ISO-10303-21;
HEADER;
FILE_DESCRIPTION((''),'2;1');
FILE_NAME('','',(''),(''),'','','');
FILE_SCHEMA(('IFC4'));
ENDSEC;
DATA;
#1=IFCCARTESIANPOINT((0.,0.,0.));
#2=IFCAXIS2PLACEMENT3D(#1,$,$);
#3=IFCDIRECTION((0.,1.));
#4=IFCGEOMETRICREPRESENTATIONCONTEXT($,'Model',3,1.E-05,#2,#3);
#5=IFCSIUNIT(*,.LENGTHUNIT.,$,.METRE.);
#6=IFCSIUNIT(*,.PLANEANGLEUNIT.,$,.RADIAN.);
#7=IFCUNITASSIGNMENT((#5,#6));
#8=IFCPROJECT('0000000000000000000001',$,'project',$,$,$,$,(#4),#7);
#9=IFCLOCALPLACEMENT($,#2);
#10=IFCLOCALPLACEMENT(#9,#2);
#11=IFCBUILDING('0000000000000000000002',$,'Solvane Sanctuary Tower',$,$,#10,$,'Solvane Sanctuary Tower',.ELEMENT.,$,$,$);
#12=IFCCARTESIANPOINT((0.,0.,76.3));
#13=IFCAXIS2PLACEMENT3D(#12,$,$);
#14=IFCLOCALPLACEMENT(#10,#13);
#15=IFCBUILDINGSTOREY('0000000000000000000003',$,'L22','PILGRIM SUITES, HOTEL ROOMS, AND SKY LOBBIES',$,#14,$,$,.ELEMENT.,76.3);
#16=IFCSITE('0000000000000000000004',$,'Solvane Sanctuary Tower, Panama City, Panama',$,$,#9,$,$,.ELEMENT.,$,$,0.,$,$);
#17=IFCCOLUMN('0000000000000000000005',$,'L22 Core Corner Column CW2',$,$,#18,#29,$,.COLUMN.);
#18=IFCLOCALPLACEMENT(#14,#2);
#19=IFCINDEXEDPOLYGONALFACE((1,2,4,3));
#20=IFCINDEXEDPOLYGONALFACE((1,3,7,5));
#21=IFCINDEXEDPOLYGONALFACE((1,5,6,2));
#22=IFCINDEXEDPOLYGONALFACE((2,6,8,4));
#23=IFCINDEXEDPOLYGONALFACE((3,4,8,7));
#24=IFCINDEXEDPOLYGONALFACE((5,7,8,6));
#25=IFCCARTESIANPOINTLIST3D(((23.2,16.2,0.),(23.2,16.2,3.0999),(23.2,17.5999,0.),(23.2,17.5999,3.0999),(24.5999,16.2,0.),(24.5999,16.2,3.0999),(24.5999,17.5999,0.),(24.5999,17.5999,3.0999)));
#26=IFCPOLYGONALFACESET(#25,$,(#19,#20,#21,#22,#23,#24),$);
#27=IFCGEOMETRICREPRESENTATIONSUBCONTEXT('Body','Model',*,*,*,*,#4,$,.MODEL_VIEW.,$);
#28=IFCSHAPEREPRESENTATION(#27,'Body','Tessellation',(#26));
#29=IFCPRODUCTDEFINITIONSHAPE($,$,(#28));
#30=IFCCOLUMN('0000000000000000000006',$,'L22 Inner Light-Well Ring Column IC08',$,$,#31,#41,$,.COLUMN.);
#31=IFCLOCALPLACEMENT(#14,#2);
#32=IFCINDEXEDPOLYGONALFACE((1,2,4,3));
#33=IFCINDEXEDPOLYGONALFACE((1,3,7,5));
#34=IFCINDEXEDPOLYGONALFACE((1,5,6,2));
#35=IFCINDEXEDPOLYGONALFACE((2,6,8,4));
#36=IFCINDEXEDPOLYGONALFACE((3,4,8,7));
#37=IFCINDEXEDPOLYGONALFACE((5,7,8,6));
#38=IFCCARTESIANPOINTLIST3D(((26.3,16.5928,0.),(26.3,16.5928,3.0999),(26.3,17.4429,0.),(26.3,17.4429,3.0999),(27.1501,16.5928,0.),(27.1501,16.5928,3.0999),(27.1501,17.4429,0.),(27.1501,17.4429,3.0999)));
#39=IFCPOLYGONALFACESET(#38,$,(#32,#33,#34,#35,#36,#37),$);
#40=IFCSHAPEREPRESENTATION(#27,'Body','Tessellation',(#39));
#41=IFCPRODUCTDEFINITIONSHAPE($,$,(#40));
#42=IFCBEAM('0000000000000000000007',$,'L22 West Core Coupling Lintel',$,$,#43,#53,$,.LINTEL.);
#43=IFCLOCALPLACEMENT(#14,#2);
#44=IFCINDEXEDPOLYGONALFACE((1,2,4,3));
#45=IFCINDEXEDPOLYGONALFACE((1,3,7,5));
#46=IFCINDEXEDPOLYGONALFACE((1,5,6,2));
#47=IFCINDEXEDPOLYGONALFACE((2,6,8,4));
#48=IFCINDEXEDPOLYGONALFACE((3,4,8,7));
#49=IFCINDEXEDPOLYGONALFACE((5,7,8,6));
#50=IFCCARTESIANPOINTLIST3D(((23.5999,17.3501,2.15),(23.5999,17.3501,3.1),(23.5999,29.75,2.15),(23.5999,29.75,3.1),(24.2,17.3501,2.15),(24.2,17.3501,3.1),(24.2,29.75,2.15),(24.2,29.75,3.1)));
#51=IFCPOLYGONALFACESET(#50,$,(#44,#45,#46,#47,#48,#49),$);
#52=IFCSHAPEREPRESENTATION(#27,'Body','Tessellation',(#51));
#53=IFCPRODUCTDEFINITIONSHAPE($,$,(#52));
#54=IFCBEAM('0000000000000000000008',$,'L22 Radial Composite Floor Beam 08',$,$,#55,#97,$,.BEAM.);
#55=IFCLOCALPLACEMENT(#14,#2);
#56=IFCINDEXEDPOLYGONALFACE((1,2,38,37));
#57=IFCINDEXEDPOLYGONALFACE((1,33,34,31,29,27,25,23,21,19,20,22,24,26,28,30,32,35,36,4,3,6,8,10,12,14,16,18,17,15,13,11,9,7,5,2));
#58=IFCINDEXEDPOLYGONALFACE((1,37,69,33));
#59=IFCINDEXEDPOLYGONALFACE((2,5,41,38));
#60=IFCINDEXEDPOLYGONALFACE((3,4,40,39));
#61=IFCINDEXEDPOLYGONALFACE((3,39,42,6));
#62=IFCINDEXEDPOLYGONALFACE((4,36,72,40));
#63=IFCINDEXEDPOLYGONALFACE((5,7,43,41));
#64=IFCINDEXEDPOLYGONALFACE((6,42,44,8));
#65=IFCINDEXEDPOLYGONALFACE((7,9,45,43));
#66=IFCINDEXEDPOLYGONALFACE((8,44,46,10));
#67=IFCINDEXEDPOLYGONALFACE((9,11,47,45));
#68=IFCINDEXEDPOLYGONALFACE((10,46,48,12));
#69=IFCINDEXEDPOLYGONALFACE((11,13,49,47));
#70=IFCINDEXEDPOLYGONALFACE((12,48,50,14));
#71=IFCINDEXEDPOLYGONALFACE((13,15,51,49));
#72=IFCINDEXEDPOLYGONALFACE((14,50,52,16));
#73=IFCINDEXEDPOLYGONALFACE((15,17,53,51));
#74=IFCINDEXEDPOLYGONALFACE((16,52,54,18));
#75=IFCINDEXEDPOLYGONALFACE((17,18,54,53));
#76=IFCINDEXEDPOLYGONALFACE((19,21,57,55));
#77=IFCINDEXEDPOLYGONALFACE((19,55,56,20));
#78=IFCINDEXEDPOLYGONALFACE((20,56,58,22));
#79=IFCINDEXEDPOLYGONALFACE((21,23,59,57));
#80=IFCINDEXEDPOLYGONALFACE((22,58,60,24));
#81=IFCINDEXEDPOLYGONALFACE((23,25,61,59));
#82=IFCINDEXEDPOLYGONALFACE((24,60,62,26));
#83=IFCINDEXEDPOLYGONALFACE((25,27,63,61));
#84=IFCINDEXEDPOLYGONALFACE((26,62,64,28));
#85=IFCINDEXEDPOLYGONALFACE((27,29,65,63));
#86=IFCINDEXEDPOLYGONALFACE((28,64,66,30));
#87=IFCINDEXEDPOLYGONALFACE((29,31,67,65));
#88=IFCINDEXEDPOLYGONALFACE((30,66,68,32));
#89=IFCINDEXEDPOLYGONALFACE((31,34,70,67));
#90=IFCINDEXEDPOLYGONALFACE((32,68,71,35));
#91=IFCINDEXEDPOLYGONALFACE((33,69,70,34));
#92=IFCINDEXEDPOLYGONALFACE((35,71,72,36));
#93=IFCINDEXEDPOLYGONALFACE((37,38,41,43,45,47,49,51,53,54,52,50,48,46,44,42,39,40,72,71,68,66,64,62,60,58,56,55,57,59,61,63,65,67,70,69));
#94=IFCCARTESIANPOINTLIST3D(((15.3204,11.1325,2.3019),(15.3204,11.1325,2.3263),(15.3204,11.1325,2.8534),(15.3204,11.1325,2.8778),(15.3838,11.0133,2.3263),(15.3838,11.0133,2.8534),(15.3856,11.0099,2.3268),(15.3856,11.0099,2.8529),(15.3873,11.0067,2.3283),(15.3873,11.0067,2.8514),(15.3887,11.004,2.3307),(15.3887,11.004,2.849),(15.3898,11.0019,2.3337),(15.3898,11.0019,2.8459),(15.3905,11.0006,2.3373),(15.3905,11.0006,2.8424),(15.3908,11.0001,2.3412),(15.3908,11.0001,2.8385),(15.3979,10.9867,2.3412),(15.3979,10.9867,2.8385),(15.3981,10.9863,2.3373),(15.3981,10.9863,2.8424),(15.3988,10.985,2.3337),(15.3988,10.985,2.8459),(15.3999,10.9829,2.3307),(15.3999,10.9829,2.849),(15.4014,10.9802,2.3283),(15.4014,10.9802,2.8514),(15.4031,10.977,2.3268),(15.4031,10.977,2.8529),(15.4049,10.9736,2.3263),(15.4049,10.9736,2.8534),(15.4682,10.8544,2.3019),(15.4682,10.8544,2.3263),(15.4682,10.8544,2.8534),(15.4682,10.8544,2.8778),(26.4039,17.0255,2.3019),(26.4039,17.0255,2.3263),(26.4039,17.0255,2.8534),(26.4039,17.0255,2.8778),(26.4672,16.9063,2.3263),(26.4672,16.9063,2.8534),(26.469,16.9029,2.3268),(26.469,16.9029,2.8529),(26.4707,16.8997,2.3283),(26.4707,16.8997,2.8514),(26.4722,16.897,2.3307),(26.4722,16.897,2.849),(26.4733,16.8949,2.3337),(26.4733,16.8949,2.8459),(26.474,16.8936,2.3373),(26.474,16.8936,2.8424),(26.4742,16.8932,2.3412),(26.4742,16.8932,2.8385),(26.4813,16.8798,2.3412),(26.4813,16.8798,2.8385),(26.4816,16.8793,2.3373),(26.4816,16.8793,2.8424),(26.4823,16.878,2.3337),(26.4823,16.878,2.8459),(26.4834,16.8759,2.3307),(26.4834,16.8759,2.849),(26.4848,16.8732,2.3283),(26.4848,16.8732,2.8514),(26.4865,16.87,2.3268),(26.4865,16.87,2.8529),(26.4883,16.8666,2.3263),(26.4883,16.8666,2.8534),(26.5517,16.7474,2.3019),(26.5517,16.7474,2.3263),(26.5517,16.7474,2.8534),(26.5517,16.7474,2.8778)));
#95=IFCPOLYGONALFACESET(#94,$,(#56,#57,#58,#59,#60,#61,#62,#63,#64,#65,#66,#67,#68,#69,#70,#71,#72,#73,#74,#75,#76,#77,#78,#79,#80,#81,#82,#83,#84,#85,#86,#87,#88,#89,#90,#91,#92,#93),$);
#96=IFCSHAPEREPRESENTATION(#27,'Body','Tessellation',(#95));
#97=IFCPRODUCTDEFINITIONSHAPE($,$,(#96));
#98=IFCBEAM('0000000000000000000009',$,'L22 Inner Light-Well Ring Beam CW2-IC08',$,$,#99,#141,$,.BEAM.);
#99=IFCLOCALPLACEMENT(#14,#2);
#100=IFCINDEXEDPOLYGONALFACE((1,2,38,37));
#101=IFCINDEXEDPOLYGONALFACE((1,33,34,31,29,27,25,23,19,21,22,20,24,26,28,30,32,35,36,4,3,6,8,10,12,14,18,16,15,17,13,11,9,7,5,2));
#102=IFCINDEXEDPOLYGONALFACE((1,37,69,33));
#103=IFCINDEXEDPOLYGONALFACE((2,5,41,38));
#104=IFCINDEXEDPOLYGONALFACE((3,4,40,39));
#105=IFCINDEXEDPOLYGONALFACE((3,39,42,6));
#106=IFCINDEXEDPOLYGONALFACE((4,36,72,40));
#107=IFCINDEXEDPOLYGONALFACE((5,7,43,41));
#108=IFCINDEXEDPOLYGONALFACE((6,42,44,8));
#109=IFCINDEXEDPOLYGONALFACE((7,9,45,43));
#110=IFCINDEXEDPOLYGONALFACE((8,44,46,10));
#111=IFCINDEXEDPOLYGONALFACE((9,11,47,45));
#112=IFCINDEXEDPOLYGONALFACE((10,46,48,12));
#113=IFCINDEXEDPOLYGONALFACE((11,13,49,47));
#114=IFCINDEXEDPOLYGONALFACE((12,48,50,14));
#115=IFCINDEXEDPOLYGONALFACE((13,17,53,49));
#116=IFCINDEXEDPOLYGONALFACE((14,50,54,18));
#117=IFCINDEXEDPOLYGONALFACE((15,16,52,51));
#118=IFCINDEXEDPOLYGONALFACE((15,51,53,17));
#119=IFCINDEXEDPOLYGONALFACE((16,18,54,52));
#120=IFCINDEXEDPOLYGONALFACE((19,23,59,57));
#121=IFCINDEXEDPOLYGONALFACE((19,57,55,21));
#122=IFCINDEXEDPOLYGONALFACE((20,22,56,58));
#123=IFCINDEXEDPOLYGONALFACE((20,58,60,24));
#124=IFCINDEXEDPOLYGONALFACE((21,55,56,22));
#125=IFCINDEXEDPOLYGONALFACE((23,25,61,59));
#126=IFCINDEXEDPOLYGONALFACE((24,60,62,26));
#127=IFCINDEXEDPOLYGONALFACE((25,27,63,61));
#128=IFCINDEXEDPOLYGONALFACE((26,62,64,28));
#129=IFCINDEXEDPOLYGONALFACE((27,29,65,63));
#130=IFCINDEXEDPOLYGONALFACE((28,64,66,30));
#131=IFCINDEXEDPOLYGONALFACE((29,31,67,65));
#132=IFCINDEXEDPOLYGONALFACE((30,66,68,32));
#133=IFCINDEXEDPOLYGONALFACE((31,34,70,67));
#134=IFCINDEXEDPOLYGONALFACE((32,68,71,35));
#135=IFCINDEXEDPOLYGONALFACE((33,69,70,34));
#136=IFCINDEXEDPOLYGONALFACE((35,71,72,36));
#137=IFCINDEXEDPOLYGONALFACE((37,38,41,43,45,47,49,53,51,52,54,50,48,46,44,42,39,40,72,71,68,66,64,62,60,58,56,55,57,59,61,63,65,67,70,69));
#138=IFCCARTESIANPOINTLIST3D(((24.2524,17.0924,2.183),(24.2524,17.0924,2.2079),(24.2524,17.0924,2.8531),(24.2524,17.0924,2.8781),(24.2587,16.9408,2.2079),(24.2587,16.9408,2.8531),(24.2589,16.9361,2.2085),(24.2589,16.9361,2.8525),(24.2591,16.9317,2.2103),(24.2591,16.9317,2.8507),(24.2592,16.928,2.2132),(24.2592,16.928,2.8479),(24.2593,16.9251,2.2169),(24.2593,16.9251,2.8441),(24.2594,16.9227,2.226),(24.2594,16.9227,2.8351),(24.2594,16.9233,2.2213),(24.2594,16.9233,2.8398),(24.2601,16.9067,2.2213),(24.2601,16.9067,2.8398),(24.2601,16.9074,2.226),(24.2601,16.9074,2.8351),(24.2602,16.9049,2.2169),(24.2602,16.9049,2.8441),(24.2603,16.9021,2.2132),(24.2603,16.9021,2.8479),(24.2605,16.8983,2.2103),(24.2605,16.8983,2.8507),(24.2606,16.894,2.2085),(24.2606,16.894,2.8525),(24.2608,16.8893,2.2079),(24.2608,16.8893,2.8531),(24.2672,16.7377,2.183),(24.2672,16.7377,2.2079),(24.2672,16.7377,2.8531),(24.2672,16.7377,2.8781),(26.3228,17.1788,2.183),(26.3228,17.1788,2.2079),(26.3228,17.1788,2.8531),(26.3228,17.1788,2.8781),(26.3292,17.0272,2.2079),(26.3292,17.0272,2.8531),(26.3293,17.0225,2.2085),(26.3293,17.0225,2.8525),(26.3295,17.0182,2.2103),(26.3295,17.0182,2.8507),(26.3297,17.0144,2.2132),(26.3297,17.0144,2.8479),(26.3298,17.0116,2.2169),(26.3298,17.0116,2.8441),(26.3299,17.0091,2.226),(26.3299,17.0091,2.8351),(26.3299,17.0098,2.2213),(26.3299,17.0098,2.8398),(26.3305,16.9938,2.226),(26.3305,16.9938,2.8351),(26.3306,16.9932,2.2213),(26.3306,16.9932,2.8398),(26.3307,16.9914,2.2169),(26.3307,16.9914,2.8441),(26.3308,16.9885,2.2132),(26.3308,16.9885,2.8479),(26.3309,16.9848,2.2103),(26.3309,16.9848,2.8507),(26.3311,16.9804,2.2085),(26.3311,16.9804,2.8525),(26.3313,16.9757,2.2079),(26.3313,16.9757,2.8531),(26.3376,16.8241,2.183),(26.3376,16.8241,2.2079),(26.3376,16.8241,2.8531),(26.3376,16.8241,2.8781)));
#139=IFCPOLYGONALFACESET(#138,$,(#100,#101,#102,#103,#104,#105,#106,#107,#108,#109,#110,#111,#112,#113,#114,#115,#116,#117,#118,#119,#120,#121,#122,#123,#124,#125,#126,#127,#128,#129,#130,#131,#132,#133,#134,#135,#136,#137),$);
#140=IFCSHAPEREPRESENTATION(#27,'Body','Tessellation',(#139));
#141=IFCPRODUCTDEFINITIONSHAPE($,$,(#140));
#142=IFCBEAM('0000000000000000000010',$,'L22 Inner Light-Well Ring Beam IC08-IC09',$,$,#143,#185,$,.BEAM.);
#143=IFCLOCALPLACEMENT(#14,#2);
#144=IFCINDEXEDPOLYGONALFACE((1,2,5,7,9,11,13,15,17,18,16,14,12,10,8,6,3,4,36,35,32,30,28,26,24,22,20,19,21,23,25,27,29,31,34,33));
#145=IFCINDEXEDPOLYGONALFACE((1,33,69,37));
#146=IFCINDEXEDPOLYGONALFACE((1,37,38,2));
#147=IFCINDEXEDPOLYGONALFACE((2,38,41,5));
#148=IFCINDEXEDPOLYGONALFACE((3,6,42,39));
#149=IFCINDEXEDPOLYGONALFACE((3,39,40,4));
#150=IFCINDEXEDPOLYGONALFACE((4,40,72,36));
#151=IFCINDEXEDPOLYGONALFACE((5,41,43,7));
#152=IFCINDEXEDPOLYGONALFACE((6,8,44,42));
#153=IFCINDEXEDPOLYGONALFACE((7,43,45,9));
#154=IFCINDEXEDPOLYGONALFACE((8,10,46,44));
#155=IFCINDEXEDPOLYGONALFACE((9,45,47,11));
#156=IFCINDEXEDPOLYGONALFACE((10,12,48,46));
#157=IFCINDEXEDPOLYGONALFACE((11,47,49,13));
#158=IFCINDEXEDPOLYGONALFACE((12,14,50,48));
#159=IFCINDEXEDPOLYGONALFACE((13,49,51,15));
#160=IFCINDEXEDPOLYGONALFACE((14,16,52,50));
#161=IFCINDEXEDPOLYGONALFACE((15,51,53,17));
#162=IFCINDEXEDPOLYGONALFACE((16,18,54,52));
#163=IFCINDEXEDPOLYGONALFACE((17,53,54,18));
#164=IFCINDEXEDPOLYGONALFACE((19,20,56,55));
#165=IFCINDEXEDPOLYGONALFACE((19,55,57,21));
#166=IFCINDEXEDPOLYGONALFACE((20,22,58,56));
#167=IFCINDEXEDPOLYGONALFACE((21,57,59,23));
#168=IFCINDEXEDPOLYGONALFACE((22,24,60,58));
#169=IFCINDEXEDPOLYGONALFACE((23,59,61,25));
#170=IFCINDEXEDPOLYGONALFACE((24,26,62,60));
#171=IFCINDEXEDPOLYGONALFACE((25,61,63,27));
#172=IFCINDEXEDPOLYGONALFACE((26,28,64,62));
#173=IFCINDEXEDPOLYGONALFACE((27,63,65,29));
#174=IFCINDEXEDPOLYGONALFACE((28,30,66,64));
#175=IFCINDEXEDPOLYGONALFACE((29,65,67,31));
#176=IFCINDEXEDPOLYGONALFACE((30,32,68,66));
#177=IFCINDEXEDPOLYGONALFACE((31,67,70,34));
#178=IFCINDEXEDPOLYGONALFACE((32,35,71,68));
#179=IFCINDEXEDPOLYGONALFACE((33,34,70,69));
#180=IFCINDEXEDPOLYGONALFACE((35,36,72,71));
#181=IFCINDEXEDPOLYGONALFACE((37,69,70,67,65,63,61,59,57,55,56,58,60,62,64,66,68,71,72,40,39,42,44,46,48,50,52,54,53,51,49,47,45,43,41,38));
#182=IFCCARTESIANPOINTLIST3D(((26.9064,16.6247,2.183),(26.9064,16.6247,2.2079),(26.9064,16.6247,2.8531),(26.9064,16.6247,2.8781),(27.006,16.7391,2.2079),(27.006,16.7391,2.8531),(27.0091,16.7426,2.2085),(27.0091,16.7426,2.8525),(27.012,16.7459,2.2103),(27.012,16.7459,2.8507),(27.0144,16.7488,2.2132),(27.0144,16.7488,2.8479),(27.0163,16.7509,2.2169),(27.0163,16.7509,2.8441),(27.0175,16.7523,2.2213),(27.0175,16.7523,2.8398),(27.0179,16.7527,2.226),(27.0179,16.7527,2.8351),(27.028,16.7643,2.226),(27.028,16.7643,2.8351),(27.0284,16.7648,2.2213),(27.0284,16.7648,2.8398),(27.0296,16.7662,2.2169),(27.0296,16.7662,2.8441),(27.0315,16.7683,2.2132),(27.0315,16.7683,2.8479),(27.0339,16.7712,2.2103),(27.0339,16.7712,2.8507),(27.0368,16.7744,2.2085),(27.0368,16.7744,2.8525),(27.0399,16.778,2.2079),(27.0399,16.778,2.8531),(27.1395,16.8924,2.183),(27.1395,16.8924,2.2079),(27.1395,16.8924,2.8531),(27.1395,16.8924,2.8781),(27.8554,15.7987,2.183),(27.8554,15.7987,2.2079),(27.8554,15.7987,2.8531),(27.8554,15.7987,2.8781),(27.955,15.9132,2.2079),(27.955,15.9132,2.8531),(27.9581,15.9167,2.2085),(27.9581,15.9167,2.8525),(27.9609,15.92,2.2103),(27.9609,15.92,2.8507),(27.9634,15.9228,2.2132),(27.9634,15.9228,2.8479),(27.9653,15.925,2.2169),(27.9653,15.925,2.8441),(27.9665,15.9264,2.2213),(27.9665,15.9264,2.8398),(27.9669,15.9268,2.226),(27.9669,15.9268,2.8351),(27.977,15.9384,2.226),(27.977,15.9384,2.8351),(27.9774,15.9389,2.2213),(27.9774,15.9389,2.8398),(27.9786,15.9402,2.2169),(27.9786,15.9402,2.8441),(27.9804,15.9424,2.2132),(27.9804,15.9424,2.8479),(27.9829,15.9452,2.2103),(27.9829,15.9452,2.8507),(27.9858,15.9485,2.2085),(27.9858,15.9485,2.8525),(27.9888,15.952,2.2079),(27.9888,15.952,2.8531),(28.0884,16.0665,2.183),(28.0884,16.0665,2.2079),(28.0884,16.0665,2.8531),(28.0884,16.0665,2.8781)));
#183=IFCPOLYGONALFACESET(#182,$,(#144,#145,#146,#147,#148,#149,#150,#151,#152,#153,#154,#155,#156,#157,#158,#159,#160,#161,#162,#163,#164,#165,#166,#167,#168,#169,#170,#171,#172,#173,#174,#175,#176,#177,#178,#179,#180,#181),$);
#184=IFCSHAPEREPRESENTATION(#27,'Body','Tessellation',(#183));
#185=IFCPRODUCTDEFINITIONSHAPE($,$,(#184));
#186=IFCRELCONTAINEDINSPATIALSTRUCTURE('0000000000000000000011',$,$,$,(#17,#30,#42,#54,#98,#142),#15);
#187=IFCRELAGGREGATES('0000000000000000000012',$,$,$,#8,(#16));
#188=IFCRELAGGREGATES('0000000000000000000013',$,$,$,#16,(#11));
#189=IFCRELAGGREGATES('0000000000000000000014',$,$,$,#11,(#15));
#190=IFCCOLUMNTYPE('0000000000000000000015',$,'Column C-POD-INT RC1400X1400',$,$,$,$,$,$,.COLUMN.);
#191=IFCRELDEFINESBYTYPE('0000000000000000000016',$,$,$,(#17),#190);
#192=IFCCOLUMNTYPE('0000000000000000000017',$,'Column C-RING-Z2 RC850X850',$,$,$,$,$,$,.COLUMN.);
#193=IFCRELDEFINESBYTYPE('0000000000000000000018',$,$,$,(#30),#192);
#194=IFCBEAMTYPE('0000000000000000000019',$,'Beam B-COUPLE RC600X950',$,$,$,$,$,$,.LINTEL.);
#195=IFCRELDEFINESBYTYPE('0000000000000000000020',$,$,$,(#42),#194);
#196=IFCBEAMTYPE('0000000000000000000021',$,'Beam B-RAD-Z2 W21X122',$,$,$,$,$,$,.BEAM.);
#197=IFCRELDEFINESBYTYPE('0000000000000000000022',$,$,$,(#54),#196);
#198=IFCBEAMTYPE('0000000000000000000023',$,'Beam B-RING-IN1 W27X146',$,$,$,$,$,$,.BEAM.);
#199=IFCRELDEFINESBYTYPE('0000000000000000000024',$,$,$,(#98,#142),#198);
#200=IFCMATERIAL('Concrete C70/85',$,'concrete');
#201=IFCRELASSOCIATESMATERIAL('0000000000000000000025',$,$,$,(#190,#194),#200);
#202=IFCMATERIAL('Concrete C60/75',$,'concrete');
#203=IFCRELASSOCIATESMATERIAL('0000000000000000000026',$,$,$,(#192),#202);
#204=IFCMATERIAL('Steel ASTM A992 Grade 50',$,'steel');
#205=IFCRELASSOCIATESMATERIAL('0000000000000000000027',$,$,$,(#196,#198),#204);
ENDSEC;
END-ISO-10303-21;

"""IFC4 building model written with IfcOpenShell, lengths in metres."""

from ifc_helpers import new_model, si_unit, direction, frame, origin, origin_2d, place, context, subcontext, project, spatial, rectangle, i_section, extrude, material, material_profile, profile_set, type_object, element, save


model = new_model("IFC4")

# Units and contexts
model_context = context("Model", 3, precision=1e-05, world=origin(), true_north=direction((0.0, 1.0)))
body_context = subcontext(model_context, "Body", "Model", "MODEL_VIEW")
ifc_project = project(units=[si_unit("LENGTHUNIT", "METRE"), si_unit("PLANEANGLEUNIT", "RADIAN")], contexts=[model_context])

# Site, building, storey
site_placement = place(None, origin())
site = spatial("IfcSite", under=ifc_project, at=site_placement, Name="Solvane Sanctuary Tower, Panama City, Panama", CompositionType="ELEMENT", RefElevation=0.0)
building_placement = place(site_placement, origin())
building = spatial("IfcBuilding", under=site, at=building_placement, Name="Solvane Sanctuary Tower", LongName="Solvane Sanctuary Tower", CompositionType="ELEMENT")
storey_placement = place(building_placement, frame((0.0, 0.0, 76.3)))
storey = spatial("IfcBuildingStorey", under=building, at=storey_placement, Name="L22", Description="PILGRIM SUITES, HOTEL ROOMS, AND SKY LOBBIES", CompositionType="ELEMENT", Elevation=76.3)

# Columns
ifc_material_1 = material(Name="Concrete C70/85", Category="concrete")
ifc_material_profile_1 = material_profile(ifc_material_1, rectangle(XDim=1.3999, YDim=1.3999, at=origin_2d()), Name="RC1400X1400")
ifc_profile_set_1 = profile_set([ifc_material_profile_1], Name="Concrete C70/85")
column_type_1 = type_object("IfcColumnType", Name="Column C-POD-INT RC1400X1400", PredefinedType="COLUMN", material=ifc_profile_set_1)
column_1_placement = place(storey_placement, frame((23.8999, 16.8999, 0.0), z_axis=(0.0, 0.0, 1.0), x_axis=(1.0, 0.0, 0.0)))
element("IfcColumn", 1, at=column_1_placement, inside=storey, type_object=column_type_1, Name="L22 Core Corner Column CW2", PredefinedType="COLUMN", context=body_context, shape_type="SweptSolid", body=[
    extrude(rectangle(XDim=1.3999, YDim=1.3999, at=origin_2d()), origin(), (0.0, 0.0, 1.0), 3.0999),
])
ifc_material_2 = material(Name="Concrete C60/75", Category="concrete")
ifc_material_profile_2 = material_profile(ifc_material_2, rectangle(XDim=0.8501, YDim=0.8501, at=origin_2d()), Name="RC850X850")
ifc_profile_set_2 = profile_set([ifc_material_profile_2], Name="Concrete C60/75")
column_type_2 = type_object("IfcColumnType", Name="Column C-RING-Z2 RC850X850", PredefinedType="COLUMN", material=ifc_profile_set_2)
column_2_placement = place(storey_placement, frame((26.7251, 17.0178, 0.0), z_axis=(0.0, 0.0, 1.0), x_axis=(1.0, 0.0, 0.0)))
element("IfcColumn", 2, at=column_2_placement, inside=storey, type_object=column_type_2, Name="L22 Inner Light-Well Ring Column IC08", PredefinedType="COLUMN", context=body_context, shape_type="SweptSolid", body=[
    extrude(rectangle(XDim=0.8501, YDim=0.8501, at=origin_2d()), origin(), (0.0, 0.0, 1.0), 3.0999),
])

# Beams
ifc_material_profile_3 = material_profile(ifc_material_1, rectangle(XDim=0.6001, YDim=0.95, at=origin_2d()), Name="RC600X950")
ifc_profile_set_3 = profile_set([ifc_material_profile_3], Name="Concrete C70/85")
beam_type_1 = type_object("IfcBeamType", Name="Beam B-COUPLE RC600X950", PredefinedType="LINTEL", material=ifc_profile_set_3)
beam_1_placement = place(storey_placement, frame((23.8999, 17.3501, 2.625), z_axis=(0.0, 1.0, 0.0), x_axis=(-1.0, 0.0, 0.0)))
element("IfcBeam", 3, at=beam_1_placement, inside=storey, type_object=beam_type_1, Name="L22 West Core Coupling Lintel", PredefinedType="LINTEL", context=body_context, shape_type="SweptSolid", body=[
    extrude(rectangle(XDim=0.6001, YDim=0.95, at=origin_2d()), origin(), (0.0, 0.0, 1.0), 12.3999),
])
ifc_material_3 = material(Name="Steel ASTM A992 Grade 50", Category="steel")
ifc_material_profile_4 = material_profile(ifc_material_3, i_section(OverallWidth=0.3149, OverallDepth=0.5759, WebThickness=0.0151, FlangeThickness=0.0244, FilletRadius=0.0149, at=origin_2d()), Name="W21X122")
ifc_profile_set_4 = profile_set([ifc_material_profile_4], Name="Steel ASTM A992 Grade 50")
beam_type_2 = type_object("IfcBeamType", Name="Beam B-RAD-Z2 W21X122", PredefinedType="BEAM", material=ifc_profile_set_4)
beam_2_placement = place(storey_placement, frame((26.4778, 16.8865, 2.5898), z_axis=(-0.882952, -0.469463, 0.0), x_axis=(0.469463, -0.882952, 0.0)))
element("IfcBeam", 4, at=beam_2_placement, inside=storey, type_object=beam_type_2, Name="L22 Radial Composite Floor Beam 08", PredefinedType="BEAM", context=body_context, shape_type="SweptSolid", body=[
    extrude(i_section(OverallWidth=0.3149, OverallDepth=0.5759, WebThickness=0.0151, FlangeThickness=0.0244, FilletRadius=0.0149, at=origin_2d()), origin(), (0.0, 0.0, 1.0), 12.5527),
])
ifc_material_profile_5 = material_profile(ifc_material_3, i_section(OverallWidth=0.355, OverallDepth=0.6951, WebThickness=0.0154, FlangeThickness=0.0249, FilletRadius=0.0181, at=origin_2d()), Name="W27X146")
ifc_profile_set_5 = profile_set([ifc_material_profile_5], Name="Steel ASTM A992 Grade 50")
beam_type_3 = type_object("IfcBeamType", Name="Beam B-RING-IN1 W27X146", PredefinedType="BEAM", material=ifc_profile_set_5)
beam_3_placement = place(storey_placement, frame((24.2598, 16.915, 2.5305), z_axis=(0.99913, 0.041704, 0.0), x_axis=(-0.041704, 0.99913, 0.0)))
element("IfcBeam", 5, at=beam_3_placement, inside=storey, type_object=beam_type_3, Name="L22 Inner Light-Well Ring Beam CW2-IC08", PredefinedType="BEAM", context=body_context, shape_type="SweptSolid", body=[
    extrude(i_section(OverallWidth=0.355, OverallDepth=0.6951, WebThickness=0.0154, FlangeThickness=0.0249, FilletRadius=0.0181, at=origin_2d()), origin(), (0.0, 0.0, 1.0), 2.0723),
])
beam_4_placement = place(storey_placement, frame((27.0229, 16.7585, 2.5305), z_axis=(0.754317, -0.65651, 0.0), x_axis=(0.65651, 0.754317, 0.0)))
element("IfcBeam", 6, at=beam_4_placement, inside=storey, type_object=beam_type_3, Name="L22 Inner Light-Well Ring Beam IC08-IC09", PredefinedType="BEAM", context=body_context, shape_type="SweptSolid", body=[
    extrude(i_section(OverallWidth=0.355, OverallDepth=0.6951, WebThickness=0.0154, FlangeThickness=0.0249, FilletRadius=0.0181, at=origin_2d()), origin(), (0.0, 0.0, 1.0), 1.2581),
])

save(model, "model.ifc")
